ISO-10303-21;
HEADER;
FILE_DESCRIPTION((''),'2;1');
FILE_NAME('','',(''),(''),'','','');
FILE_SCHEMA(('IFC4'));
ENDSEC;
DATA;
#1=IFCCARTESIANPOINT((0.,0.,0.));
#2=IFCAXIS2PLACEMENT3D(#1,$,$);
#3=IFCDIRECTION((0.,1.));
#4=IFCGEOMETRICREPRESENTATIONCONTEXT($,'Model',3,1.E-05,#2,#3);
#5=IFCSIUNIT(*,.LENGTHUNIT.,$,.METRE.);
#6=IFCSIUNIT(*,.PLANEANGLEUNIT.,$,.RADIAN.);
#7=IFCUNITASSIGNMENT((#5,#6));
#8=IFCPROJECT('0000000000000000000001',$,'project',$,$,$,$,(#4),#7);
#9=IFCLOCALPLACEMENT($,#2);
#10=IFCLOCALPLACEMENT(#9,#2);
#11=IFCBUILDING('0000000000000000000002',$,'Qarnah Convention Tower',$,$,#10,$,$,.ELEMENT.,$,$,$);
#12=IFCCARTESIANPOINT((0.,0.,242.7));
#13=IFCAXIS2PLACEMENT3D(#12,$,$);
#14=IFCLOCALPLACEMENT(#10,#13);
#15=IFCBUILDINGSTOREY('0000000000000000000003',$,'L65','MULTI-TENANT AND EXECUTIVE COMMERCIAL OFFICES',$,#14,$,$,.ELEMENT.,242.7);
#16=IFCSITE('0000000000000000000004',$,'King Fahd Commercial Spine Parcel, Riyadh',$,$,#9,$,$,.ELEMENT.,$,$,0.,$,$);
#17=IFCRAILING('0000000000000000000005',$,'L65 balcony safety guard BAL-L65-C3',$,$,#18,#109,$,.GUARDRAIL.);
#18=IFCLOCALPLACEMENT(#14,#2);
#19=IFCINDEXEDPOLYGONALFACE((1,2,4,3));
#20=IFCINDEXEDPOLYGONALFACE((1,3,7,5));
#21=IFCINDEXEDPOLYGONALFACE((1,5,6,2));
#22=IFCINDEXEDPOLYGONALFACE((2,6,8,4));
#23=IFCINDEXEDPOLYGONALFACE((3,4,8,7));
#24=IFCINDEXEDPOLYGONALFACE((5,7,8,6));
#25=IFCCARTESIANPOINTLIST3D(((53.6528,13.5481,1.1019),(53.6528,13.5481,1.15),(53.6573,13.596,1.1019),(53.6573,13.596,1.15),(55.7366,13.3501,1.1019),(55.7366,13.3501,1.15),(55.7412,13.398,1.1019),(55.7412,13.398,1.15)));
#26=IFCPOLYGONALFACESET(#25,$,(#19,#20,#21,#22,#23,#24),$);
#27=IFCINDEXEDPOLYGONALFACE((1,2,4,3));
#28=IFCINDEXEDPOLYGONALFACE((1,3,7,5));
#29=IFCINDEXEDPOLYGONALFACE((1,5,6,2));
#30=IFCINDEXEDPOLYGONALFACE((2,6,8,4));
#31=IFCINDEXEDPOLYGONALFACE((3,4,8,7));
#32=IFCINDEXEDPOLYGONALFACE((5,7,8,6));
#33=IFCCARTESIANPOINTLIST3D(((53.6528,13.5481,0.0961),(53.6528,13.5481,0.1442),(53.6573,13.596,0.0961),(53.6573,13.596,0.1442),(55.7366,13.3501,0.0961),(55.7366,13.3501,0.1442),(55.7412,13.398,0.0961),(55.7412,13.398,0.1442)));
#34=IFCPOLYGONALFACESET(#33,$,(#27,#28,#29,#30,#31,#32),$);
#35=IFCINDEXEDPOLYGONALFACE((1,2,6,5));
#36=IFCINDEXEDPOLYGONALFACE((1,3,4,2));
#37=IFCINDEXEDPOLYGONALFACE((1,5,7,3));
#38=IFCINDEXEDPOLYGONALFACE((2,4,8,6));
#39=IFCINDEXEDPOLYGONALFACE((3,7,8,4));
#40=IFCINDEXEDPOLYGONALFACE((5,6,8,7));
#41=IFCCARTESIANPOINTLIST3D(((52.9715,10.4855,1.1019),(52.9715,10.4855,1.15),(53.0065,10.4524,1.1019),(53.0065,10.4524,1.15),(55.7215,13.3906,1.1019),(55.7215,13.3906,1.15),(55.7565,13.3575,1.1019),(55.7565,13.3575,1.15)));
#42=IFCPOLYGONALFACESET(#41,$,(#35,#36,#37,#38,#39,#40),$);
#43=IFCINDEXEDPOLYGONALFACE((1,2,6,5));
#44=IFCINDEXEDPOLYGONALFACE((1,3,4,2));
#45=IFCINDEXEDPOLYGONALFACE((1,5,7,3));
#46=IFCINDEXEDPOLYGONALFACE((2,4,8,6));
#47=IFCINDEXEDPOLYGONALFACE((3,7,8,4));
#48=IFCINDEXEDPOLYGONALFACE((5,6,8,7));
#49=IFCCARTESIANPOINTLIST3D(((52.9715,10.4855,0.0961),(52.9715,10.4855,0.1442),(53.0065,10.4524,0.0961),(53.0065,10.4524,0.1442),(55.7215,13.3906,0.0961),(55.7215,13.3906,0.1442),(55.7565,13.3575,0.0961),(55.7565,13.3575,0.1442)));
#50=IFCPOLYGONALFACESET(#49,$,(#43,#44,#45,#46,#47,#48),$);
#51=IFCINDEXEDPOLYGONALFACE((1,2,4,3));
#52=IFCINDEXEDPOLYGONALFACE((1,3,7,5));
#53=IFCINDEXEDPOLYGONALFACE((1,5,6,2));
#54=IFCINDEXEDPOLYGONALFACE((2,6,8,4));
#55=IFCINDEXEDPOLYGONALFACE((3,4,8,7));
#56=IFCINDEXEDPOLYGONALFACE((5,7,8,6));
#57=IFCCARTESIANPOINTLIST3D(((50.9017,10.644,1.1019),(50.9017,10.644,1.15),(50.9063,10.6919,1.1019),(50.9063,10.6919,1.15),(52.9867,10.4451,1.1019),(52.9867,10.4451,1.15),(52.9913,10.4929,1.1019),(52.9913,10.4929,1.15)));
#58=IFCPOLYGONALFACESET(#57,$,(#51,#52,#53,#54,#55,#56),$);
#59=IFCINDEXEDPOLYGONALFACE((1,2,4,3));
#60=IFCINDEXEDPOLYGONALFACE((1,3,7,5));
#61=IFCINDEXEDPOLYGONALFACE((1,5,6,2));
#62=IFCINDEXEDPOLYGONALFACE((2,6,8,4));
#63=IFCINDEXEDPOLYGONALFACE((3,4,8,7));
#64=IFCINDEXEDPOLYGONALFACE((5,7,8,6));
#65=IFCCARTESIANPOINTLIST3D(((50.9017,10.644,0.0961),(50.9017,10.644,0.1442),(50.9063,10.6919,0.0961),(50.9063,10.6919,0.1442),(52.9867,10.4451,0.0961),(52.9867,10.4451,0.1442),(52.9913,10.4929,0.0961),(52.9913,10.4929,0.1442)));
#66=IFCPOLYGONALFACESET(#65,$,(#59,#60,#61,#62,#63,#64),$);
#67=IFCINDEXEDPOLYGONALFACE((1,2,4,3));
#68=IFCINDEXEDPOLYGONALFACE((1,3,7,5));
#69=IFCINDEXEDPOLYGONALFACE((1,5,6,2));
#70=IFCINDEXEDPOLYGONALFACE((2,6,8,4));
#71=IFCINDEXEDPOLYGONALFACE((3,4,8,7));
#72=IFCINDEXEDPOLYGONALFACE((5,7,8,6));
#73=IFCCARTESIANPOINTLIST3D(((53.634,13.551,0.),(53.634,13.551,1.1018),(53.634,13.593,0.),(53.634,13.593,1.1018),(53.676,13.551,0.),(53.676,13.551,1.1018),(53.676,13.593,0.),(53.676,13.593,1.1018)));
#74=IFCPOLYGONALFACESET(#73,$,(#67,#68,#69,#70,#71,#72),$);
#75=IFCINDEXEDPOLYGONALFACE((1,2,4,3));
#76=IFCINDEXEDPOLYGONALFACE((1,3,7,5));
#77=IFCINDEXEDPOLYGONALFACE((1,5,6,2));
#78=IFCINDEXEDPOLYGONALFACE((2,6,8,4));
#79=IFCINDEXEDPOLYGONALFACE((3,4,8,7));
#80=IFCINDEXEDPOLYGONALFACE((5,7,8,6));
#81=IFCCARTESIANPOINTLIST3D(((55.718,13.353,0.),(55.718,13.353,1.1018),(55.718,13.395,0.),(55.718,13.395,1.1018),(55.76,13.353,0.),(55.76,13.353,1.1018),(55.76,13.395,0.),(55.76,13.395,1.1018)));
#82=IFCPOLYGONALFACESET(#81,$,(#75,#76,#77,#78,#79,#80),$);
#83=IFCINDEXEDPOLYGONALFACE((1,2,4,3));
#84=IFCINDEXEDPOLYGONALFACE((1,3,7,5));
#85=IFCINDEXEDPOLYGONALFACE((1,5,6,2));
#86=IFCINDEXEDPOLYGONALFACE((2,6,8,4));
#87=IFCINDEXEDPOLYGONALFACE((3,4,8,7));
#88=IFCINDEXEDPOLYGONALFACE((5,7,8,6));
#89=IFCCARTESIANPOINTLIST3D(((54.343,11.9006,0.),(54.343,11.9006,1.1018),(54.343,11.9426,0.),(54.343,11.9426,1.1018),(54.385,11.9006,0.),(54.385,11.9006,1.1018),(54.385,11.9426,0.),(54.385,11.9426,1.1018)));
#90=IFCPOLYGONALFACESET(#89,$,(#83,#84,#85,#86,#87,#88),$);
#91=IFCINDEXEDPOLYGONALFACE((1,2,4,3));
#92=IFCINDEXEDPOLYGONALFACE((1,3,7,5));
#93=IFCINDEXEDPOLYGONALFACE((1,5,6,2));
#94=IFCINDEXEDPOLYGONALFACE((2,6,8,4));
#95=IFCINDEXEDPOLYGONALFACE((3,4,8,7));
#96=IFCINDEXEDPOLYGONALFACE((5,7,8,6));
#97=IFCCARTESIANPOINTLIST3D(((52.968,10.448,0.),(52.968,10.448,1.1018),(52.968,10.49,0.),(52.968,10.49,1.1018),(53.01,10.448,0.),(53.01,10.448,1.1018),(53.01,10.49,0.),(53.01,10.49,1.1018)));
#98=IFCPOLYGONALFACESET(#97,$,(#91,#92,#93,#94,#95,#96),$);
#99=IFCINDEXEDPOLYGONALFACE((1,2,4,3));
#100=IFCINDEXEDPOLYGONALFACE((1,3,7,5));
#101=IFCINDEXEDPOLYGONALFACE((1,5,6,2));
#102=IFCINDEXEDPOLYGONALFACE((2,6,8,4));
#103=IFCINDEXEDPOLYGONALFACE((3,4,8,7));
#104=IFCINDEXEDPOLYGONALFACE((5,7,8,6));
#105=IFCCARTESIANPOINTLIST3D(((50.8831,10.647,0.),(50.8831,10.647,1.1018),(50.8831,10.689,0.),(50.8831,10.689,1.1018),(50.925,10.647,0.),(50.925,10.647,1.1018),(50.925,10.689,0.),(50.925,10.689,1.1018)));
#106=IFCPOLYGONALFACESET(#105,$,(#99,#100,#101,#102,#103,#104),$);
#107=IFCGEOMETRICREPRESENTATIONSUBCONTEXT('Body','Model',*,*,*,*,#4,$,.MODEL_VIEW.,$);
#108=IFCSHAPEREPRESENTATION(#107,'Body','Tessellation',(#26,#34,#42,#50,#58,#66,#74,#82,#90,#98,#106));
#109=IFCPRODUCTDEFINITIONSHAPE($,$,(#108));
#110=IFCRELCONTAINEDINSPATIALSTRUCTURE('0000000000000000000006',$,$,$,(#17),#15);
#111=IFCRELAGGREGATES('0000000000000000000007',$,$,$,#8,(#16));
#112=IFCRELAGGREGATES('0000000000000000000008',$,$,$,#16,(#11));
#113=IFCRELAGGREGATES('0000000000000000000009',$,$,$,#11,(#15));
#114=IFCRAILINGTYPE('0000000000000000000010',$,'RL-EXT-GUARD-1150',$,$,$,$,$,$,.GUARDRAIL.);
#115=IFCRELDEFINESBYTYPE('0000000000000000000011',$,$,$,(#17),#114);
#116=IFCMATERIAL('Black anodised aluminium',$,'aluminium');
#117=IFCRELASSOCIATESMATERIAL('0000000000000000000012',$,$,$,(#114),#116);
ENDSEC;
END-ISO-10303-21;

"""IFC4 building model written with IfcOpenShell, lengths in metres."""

from ifc_helpers import new_model, si_unit, direction, frame, origin, origin_2d, place, context, subcontext, project, spatial, rectangle, extrude, material, type_object, element, save


model = new_model("IFC4")

# Units and contexts
model_context = context("Model", 3, precision=1e-05, world=origin(), true_north=direction((0.0, 1.0)))
body_context = subcontext(model_context, "Body", "Model", "MODEL_VIEW")
ifc_project = project(units=[si_unit("LENGTHUNIT", "METRE"), si_unit("PLANEANGLEUNIT", "RADIAN")], contexts=[model_context])

# Site, building, storey
site_placement = place(None, origin())
site = spatial("IfcSite", under=ifc_project, at=site_placement, Name="King Fahd Commercial Spine Parcel, Riyadh", CompositionType="ELEMENT", RefElevation=0.0)
building_placement = place(site_placement, origin())
building = spatial("IfcBuilding", under=site, at=building_placement, Name="Qarnah Convention Tower", CompositionType="ELEMENT")
storey_placement = place(building_placement, frame((0.0, 0.0, 242.7)))
storey = spatial("IfcBuildingStorey", under=building, at=storey_placement, Name="L65", Description="MULTI-TENANT AND EXECUTIVE COMMERCIAL OFFICES", CompositionType="ELEMENT", Elevation=242.7)

# Shared definitions
ifc_material_1 = material(Name="Black anodised aluminium", Category="aluminium")

# Railing
railing_type = type_object("IfcRailingType", Name="RL-EXT-GUARD-1150", PredefinedType="GUARDRAIL", material=ifc_material_1)
railing_1_placement = place(storey_placement, frame((53.655, 13.572, 0.0)))
element("IfcRailing", 1, at=railing_1_placement, inside=storey, type_object=railing_type, Name="L65 balcony safety guard BAL-L65-C3", PredefinedType="GUARDRAIL", context=body_context, shape_type="SweptSolid", body=[
    extrude(rectangle(XDim=0.0481, YDim=0.0481, at=origin_2d()), frame((0.0, 0.0, 1.126), z_axis=(0.995517, -0.094583, 0.0), x_axis=(0.094583, 0.995517, 0.0)), (0.0, 0.0, 1.0), 2.0933),
    extrude(rectangle(XDim=0.0481, YDim=0.0481, at=origin_2d()), frame((0.0, 0.0, 0.1201), z_axis=(0.995517, -0.094583, 0.0), x_axis=(0.094583, 0.995517, 0.0)), (0.0, 0.0, 1.0), 2.0933),
    extrude(rectangle(XDim=0.0481, YDim=0.0481, at=origin_2d()), frame((2.084, -0.198, 1.126), z_axis=(-0.687464, -0.726219, 0.0), x_axis=(0.726219, -0.687464, 0.0)), (0.0, 0.0, 1.0), 4.0002),
    extrude(rectangle(XDim=0.0481, YDim=0.0481, at=origin_2d()), frame((2.084, -0.198, 0.1201), z_axis=(-0.687464, -0.726219, 0.0), x_axis=(0.726219, -0.687464, 0.0)), (0.0, 0.0, 1.0), 4.0002),
    extrude(rectangle(XDim=0.0481, YDim=0.0481, at=origin_2d()), frame((-0.666, -3.103, 1.126), z_axis=(-0.995477, 0.095002, 0.0), x_axis=(-0.095002, -0.995477, 0.0)), (0.0, 0.0, 1.0), 2.0945),
    extrude(rectangle(XDim=0.0481, YDim=0.0481, at=origin_2d()), frame((-0.666, -3.103, 0.1201), z_axis=(-0.995477, 0.095002, 0.0), x_axis=(-0.095002, -0.995477, 0.0)), (0.0, 0.0, 1.0), 2.0945),
    extrude(rectangle(XDim=0.042, YDim=0.042, at=origin_2d()), origin(), (0.0, 0.0, 1.0), 1.1018),
    extrude(rectangle(XDim=0.042, YDim=0.042, at=origin_2d()), frame((2.084, -0.198, 0.0)), (0.0, 0.0, 1.0), 1.1018),
    extrude(rectangle(XDim=0.042, YDim=0.042, at=origin_2d()), frame((0.709, -1.6504, 0.0)), (0.0, 0.0, 1.0), 1.1018),
    extrude(rectangle(XDim=0.042, YDim=0.042, at=origin_2d()), frame((-0.666, -3.103, 0.0)), (0.0, 0.0, 1.0), 1.1018),
    extrude(rectangle(XDim=0.042, YDim=0.042, at=origin_2d()), frame((-2.751, -2.9041, 0.0)), (0.0, 0.0, 1.0), 1.1018),
])

save(model, "model.ifc")
